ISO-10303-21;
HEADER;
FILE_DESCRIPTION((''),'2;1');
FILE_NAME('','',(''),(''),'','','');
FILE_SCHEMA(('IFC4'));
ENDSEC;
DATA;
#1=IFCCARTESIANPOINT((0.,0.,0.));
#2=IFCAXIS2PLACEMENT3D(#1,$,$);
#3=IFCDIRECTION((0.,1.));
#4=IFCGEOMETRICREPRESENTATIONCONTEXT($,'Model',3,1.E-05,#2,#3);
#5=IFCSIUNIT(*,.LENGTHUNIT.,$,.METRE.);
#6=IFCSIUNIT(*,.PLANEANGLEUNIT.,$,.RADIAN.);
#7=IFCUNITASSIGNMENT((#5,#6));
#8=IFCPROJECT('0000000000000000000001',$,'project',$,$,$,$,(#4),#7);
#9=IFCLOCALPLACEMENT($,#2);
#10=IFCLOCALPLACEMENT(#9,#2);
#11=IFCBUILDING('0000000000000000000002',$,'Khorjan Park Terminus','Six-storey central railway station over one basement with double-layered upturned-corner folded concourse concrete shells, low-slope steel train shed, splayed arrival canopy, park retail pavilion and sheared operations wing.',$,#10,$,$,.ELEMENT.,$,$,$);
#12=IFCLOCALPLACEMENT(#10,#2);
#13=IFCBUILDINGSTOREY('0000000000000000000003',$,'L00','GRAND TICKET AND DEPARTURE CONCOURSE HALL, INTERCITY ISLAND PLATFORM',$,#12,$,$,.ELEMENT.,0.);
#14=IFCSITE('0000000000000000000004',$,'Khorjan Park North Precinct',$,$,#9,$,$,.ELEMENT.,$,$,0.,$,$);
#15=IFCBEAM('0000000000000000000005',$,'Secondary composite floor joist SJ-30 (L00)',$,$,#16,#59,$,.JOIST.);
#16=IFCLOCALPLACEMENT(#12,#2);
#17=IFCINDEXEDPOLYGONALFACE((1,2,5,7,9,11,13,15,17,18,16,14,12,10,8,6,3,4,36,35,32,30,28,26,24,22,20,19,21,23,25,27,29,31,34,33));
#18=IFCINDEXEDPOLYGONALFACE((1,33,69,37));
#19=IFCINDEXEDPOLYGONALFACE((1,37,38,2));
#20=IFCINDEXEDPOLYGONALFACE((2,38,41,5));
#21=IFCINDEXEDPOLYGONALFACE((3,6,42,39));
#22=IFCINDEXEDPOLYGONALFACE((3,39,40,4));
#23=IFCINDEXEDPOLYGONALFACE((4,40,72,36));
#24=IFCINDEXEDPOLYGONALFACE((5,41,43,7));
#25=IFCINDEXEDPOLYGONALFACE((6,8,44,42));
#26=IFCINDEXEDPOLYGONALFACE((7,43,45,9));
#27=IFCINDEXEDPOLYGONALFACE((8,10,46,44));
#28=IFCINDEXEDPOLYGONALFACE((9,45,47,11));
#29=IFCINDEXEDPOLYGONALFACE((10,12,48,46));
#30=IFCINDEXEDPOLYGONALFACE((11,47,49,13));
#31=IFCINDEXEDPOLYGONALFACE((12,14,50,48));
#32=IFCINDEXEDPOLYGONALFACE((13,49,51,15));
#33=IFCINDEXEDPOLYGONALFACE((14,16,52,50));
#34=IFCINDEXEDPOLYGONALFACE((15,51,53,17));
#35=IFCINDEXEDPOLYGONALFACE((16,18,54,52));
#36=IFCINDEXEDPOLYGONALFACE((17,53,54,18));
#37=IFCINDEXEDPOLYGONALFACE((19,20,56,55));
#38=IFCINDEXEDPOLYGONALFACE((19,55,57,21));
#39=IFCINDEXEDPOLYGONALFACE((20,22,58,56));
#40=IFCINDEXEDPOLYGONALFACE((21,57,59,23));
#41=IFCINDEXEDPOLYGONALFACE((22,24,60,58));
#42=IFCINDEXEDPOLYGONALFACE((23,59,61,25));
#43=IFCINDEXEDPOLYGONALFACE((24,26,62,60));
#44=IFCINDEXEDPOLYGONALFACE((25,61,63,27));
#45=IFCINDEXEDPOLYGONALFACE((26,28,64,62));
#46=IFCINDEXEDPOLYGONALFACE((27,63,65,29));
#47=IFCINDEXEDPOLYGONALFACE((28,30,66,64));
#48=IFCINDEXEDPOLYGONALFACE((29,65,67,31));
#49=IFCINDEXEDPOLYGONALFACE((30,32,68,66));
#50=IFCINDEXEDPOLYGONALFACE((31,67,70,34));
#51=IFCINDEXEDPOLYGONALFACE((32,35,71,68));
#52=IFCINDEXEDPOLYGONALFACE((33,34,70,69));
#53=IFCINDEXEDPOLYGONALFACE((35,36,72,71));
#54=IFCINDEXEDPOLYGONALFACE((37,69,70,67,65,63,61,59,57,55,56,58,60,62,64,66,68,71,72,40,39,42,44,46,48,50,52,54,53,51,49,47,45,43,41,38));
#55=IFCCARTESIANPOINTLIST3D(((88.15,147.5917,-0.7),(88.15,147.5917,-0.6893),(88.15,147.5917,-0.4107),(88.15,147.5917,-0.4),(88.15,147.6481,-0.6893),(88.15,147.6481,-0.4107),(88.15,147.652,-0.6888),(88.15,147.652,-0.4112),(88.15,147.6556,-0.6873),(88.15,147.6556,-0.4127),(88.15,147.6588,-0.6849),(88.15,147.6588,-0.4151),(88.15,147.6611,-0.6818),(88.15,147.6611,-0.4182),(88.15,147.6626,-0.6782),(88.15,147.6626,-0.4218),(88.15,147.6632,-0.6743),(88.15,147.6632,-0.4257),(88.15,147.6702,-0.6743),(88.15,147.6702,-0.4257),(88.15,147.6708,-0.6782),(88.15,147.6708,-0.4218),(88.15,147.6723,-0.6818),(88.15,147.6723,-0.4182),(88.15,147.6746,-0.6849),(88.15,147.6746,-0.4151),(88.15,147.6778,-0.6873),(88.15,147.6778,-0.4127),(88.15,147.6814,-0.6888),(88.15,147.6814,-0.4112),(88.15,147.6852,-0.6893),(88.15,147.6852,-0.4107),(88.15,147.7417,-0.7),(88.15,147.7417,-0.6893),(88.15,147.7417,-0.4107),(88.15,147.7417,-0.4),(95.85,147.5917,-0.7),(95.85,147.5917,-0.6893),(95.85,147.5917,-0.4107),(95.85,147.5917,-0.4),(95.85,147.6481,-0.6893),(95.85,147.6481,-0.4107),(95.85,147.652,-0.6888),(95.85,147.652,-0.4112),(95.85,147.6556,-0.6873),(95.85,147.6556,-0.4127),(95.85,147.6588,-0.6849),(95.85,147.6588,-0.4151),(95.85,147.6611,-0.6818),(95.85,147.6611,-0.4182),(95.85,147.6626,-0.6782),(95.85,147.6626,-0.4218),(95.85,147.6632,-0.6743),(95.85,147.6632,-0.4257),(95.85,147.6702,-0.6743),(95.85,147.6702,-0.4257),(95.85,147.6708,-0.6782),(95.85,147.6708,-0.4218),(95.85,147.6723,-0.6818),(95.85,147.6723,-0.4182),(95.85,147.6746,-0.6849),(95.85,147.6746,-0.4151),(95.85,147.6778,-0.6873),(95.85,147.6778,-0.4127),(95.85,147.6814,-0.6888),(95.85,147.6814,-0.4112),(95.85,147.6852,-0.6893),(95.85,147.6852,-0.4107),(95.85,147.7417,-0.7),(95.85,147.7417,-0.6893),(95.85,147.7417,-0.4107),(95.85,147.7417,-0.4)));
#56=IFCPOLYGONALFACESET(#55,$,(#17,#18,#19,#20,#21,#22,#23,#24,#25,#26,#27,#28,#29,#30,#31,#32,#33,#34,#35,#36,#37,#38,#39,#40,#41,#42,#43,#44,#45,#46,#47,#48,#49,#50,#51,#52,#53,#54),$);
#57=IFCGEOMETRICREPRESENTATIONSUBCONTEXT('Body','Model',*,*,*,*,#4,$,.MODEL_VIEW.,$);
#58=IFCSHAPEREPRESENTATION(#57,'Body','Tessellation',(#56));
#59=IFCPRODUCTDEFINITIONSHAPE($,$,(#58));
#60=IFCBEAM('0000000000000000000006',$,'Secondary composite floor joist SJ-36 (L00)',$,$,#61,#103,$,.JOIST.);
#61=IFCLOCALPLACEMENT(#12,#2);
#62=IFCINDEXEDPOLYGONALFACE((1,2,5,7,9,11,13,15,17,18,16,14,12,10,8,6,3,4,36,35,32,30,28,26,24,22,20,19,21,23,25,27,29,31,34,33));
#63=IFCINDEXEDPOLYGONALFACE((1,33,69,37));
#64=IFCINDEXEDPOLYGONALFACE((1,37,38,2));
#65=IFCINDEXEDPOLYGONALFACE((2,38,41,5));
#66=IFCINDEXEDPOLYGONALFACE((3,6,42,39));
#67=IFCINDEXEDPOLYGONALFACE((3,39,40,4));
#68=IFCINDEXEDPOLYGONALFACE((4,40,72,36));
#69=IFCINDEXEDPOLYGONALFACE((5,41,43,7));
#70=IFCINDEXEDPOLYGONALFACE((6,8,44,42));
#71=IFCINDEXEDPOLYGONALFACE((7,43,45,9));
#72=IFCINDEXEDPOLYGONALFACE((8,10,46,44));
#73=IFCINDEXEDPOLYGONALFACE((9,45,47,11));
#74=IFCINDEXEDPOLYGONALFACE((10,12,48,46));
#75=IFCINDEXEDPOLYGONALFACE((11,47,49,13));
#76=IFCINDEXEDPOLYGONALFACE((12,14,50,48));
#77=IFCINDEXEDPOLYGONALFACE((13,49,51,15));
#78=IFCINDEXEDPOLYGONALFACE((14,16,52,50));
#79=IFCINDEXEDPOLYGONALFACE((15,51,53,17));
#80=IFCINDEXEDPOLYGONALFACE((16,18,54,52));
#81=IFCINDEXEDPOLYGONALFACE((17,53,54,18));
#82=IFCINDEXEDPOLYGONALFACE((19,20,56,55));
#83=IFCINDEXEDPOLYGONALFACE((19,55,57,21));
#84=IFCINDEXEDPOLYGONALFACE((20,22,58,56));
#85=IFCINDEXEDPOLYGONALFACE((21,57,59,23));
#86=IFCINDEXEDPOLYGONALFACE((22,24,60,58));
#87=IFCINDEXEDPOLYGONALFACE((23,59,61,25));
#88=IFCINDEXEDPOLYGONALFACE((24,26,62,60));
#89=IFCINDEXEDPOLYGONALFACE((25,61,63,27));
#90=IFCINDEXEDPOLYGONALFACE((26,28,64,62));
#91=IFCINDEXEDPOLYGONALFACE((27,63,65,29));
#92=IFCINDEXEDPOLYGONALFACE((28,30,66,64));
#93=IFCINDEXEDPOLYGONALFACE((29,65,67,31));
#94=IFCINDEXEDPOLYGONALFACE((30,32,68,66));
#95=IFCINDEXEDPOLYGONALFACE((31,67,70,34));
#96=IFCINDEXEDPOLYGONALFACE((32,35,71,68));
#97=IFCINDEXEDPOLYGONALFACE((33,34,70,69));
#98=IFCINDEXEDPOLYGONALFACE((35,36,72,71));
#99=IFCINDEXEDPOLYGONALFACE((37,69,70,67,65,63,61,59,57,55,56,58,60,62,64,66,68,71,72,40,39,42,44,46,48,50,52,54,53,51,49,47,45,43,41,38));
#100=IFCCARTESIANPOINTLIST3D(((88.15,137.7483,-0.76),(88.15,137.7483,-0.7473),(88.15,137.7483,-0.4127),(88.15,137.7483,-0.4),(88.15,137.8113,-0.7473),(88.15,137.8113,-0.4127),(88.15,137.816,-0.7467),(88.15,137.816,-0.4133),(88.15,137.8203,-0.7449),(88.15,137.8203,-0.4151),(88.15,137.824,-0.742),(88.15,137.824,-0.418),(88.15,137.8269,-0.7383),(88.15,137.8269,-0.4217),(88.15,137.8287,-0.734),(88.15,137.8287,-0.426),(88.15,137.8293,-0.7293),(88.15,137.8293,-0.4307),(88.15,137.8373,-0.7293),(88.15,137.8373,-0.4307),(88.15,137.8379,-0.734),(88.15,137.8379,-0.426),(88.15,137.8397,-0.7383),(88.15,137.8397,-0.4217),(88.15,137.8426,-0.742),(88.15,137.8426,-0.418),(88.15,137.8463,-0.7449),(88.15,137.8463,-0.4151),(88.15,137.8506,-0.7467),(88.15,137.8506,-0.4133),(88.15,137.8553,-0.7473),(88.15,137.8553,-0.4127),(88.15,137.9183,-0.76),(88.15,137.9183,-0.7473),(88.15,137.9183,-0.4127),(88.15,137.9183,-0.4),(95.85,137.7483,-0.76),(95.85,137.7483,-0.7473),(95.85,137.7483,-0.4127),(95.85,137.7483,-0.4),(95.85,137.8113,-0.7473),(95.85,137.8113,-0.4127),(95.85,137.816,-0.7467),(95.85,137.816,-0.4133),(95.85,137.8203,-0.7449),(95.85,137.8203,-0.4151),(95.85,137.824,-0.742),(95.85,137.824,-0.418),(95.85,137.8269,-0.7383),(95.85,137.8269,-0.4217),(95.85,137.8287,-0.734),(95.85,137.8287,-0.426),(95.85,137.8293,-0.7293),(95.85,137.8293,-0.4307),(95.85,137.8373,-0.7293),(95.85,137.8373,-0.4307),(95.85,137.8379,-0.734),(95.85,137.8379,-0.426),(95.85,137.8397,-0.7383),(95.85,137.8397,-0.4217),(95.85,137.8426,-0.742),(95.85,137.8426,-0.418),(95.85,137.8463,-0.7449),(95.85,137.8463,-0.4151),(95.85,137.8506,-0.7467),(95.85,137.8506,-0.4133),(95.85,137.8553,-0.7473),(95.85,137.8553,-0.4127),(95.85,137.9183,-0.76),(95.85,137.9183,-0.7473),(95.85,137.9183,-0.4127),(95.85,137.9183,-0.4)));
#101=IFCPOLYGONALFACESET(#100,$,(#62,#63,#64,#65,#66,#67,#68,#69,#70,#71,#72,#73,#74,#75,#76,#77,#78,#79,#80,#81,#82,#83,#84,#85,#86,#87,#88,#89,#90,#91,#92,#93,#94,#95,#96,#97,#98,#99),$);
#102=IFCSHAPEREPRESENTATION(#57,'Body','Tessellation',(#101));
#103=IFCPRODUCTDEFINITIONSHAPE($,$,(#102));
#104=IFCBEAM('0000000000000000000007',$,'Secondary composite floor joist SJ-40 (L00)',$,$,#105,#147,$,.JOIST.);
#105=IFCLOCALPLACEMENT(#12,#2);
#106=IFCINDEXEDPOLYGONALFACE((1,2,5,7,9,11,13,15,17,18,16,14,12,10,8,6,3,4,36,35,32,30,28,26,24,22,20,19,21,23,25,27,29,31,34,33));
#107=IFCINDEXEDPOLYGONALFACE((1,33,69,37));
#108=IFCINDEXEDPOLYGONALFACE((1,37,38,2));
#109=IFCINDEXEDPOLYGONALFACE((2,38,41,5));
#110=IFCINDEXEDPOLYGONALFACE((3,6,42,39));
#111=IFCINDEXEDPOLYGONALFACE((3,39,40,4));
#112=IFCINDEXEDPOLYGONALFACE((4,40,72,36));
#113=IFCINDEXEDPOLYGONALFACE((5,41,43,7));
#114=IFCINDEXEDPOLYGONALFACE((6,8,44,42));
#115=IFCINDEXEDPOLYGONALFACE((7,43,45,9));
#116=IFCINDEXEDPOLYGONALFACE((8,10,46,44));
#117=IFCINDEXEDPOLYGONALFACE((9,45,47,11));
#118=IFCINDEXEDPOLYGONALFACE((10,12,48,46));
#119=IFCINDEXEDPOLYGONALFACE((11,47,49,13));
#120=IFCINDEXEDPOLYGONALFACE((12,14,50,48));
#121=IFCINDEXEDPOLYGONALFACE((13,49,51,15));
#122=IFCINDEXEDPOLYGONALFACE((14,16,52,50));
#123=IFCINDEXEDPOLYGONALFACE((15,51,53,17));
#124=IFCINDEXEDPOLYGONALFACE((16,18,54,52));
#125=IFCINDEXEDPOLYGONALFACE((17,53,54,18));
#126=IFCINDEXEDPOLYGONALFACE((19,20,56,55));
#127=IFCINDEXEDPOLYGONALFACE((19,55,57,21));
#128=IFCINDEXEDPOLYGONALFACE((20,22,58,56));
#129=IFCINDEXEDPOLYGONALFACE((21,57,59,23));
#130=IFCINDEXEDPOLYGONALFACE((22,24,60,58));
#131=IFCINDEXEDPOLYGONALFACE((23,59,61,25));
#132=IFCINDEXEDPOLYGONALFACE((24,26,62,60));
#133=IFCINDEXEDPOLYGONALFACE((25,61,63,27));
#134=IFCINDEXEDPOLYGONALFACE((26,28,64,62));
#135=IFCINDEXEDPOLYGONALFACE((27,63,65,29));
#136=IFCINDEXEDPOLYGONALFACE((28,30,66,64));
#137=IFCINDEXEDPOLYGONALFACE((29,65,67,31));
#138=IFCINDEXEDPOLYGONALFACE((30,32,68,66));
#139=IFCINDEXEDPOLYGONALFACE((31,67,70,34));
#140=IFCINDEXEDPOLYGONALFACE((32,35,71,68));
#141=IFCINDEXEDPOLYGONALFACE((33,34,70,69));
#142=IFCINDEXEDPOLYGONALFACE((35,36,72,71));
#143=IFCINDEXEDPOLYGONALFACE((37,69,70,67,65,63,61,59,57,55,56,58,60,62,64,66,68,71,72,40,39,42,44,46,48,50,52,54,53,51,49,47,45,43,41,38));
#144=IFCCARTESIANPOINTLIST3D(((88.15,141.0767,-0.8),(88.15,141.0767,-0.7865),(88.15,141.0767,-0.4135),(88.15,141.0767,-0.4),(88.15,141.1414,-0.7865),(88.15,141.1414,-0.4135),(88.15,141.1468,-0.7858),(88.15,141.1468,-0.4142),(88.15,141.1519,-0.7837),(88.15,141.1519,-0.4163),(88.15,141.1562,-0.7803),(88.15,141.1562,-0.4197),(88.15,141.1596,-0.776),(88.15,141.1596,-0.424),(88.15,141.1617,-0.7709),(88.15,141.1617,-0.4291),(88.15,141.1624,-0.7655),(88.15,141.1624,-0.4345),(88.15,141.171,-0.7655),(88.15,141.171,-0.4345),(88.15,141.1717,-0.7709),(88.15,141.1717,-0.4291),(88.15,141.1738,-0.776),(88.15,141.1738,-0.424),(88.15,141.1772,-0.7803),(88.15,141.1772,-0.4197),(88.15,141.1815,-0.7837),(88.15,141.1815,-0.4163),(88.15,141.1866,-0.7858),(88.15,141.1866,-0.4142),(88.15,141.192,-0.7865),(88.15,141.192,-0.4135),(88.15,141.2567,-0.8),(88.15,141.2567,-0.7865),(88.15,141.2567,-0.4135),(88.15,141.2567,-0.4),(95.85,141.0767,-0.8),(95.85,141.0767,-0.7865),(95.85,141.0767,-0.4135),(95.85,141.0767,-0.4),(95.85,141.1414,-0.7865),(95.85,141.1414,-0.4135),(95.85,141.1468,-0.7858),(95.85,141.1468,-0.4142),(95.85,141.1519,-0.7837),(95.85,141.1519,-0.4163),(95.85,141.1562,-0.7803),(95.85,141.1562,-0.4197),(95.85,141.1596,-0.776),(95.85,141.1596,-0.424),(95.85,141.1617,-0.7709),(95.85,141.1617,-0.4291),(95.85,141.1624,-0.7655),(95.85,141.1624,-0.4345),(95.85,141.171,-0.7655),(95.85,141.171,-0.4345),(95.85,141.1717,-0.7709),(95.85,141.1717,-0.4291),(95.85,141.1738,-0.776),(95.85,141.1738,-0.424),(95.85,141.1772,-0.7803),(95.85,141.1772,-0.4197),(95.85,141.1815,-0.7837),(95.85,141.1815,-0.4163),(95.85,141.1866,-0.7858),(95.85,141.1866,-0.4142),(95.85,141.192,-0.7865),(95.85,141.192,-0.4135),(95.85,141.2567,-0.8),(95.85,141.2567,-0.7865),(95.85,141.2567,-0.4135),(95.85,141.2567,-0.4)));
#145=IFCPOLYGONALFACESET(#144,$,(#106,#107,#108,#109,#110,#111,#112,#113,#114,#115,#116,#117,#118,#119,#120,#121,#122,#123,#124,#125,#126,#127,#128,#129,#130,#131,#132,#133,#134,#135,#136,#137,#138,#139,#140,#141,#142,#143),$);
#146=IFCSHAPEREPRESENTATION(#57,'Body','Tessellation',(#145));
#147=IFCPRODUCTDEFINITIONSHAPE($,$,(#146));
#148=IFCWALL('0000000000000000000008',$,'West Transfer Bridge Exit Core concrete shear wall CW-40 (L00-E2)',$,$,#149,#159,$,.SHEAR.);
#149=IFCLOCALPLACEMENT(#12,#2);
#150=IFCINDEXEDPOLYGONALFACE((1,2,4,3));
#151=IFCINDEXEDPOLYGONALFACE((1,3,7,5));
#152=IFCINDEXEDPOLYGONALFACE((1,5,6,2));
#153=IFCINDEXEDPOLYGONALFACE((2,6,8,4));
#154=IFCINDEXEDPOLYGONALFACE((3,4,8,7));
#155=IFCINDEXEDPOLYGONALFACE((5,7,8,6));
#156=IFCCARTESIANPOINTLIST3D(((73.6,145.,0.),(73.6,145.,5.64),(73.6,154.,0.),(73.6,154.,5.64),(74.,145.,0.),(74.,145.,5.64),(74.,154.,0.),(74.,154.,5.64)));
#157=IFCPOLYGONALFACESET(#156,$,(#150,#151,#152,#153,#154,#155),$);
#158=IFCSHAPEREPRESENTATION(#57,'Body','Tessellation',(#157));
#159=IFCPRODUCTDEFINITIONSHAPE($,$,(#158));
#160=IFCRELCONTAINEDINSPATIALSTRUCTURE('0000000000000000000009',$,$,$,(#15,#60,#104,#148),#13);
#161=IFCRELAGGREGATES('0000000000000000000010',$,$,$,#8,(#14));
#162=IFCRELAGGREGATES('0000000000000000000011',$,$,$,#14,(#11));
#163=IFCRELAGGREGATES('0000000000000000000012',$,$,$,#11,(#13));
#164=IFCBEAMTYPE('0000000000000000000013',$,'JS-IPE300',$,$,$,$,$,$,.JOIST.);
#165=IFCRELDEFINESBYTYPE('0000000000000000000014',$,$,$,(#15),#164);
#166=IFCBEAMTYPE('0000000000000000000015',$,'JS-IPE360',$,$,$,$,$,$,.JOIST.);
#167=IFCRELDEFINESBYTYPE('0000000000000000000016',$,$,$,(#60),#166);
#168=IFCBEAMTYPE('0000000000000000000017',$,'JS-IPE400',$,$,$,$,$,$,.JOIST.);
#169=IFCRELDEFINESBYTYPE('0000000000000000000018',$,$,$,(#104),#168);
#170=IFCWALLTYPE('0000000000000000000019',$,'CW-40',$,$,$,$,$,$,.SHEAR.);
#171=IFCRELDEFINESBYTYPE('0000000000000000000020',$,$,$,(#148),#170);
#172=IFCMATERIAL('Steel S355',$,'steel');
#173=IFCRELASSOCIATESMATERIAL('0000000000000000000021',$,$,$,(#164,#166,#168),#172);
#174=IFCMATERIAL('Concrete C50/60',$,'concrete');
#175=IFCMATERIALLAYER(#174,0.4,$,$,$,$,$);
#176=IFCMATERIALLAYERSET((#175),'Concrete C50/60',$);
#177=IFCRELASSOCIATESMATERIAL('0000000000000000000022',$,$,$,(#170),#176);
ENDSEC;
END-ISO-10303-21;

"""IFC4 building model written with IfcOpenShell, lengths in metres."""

from ifc_helpers import new_model, si_unit, direction, frame, frame_2d, origin, origin_2d, place, context, subcontext, project, spatial, rectangle, i_section, extrude, material, layer, layer_set, material_profile, profile_set, type_object, element, save


model = new_model("IFC4")

# Units and contexts
model_context = context("Model", 3, precision=1e-05, world=origin(), true_north=direction((0.0, 1.0)))
body_context = subcontext(model_context, "Body", "Model", "MODEL_VIEW")
ifc_project = project(units=[si_unit("LENGTHUNIT", "METRE"), si_unit("PLANEANGLEUNIT", "RADIAN")], contexts=[model_context])

# Site, building, storey
site_placement = place(None, origin())
site = spatial("IfcSite", under=ifc_project, at=site_placement, Name="Khorjan Park North Precinct", CompositionType="ELEMENT", RefElevation=0.0)
building_placement = place(site_placement, origin())
building = spatial("IfcBuilding", under=site, at=building_placement, Name="Khorjan Park Terminus", Description="Six-storey central railway station over one basement with double-layered upturned-corner folded concourse concrete shells, low-slope steel train shed, splayed arrival canopy, park retail pavilion and sheared operations wing.", CompositionType="ELEMENT")
storey_placement = place(building_placement, origin())
storey = spatial("IfcBuildingStorey", under=building, at=storey_placement, Name="L00", Description="GRAND TICKET AND DEPARTURE CONCOURSE HALL, INTERCITY ISLAND PLATFORM", CompositionType="ELEMENT", Elevation=0.0)

# Shared definitions
ifc_material_1 = material(Name="Steel S355", Category="steel")

# Beams
ifc_material_profile_1 = material_profile(ifc_material_1, i_section(OverallWidth=0.15, OverallDepth=0.3, WebThickness=0.0071, FlangeThickness=0.0107, FilletRadius=0.015, at=origin_2d()), Name="IPE 300")
ifc_profile_set_1 = profile_set([ifc_material_profile_1], Name="Steel S355")
beam_type_1 = type_object("IfcBeamType", Name="JS-IPE300", PredefinedType="JOIST", material=ifc_profile_set_1)
beam_1_placement = place(storey_placement, frame((88.15, 147.6667, -0.55), z_axis=(1.0, 0.0, 0.0), x_axis=(0.0, 1.0, 0.0)))
element("IfcBeam", 1, at=beam_1_placement, inside=storey, type_object=beam_type_1, Name="Secondary composite floor joist SJ-30 (L00)", PredefinedType="JOIST", context=body_context, shape_type="SweptSolid", body=[
    extrude(i_section(OverallWidth=0.15, OverallDepth=0.3, WebThickness=0.0071, FlangeThickness=0.0107, FilletRadius=0.015, at=origin_2d()), origin(), (0.0, 0.0, 1.0), 7.7),
])
ifc_material_profile_2 = material_profile(ifc_material_1, i_section(OverallWidth=0.17, OverallDepth=0.36, WebThickness=0.008, FlangeThickness=0.0127, FilletRadius=0.018, at=origin_2d()), Name="IPE 360")
ifc_profile_set_2 = profile_set([ifc_material_profile_2], Name="Steel S355")
beam_type_2 = type_object("IfcBeamType", Name="JS-IPE360", PredefinedType="JOIST", material=ifc_profile_set_2)
beam_2_placement = place(storey_placement, frame((88.15, 137.8333, -0.58), z_axis=(1.0, 0.0, 0.0), x_axis=(0.0, 1.0, 0.0)))
element("IfcBeam", 2, at=beam_2_placement, inside=storey, type_object=beam_type_2, Name="Secondary composite floor joist SJ-36 (L00)", PredefinedType="JOIST", context=body_context, shape_type="SweptSolid", body=[
    extrude(i_section(OverallWidth=0.17, OverallDepth=0.36, WebThickness=0.008, FlangeThickness=0.0127, FilletRadius=0.018, at=origin_2d()), origin(), (0.0, 0.0, 1.0), 7.7),
])
ifc_material_profile_3 = material_profile(ifc_material_1, i_section(OverallWidth=0.18, OverallDepth=0.4, WebThickness=0.0086, FlangeThickness=0.0135, FilletRadius=0.021, at=origin_2d()), Name="IPE 400")
ifc_profile_set_3 = profile_set([ifc_material_profile_3], Name="Steel S355")
beam_type_3 = type_object("IfcBeamType", Name="JS-IPE400", PredefinedType="JOIST", material=ifc_profile_set_3)
beam_3_placement = place(storey_placement, frame((88.15, 141.1667, -0.6), z_axis=(1.0, 0.0, 0.0), x_axis=(0.0, 1.0, 0.0)))
element("IfcBeam", 3, at=beam_3_placement, inside=storey, type_object=beam_type_3, Name="Secondary composite floor joist SJ-40 (L00)", PredefinedType="JOIST", context=body_context, shape_type="SweptSolid", body=[
    extrude(i_section(OverallWidth=0.18, OverallDepth=0.4, WebThickness=0.0086, FlangeThickness=0.0135, FilletRadius=0.021, at=origin_2d()), origin(), (0.0, 0.0, 1.0), 7.7),
])

# Wall
ifc_material_2 = material(Name="Concrete C50/60", Category="concrete")
ifc_layer_1 = layer(ifc_material_2, 0.4)
ifc_layer_set_1 = layer_set([ifc_layer_1], Name="Concrete C50/60")
wall_type_1 = type_object("IfcWallType", Name="CW-40", PredefinedType="SHEAR", material=ifc_layer_set_1)
wall_1_placement = place(storey_placement, frame((73.8, 154.0, 0.0), z_axis=(0.0, 0.0, 1.0), x_axis=(0.0, -1.0, 0.0)))
element("IfcWall", 4, at=wall_1_placement, inside=storey, type_object=wall_type_1, Name="West Transfer Bridge Exit Core concrete shear wall CW-40 (L00-E2)", PredefinedType="SHEAR", context=body_context, shape_type="SweptSolid", body=[
    extrude(rectangle(XDim=9.0, YDim=0.4, at=frame_2d((4.5, 0.0))), origin(), (0.0, 0.0, 1.0), 5.64),
])

save(model, "model.ifc")
